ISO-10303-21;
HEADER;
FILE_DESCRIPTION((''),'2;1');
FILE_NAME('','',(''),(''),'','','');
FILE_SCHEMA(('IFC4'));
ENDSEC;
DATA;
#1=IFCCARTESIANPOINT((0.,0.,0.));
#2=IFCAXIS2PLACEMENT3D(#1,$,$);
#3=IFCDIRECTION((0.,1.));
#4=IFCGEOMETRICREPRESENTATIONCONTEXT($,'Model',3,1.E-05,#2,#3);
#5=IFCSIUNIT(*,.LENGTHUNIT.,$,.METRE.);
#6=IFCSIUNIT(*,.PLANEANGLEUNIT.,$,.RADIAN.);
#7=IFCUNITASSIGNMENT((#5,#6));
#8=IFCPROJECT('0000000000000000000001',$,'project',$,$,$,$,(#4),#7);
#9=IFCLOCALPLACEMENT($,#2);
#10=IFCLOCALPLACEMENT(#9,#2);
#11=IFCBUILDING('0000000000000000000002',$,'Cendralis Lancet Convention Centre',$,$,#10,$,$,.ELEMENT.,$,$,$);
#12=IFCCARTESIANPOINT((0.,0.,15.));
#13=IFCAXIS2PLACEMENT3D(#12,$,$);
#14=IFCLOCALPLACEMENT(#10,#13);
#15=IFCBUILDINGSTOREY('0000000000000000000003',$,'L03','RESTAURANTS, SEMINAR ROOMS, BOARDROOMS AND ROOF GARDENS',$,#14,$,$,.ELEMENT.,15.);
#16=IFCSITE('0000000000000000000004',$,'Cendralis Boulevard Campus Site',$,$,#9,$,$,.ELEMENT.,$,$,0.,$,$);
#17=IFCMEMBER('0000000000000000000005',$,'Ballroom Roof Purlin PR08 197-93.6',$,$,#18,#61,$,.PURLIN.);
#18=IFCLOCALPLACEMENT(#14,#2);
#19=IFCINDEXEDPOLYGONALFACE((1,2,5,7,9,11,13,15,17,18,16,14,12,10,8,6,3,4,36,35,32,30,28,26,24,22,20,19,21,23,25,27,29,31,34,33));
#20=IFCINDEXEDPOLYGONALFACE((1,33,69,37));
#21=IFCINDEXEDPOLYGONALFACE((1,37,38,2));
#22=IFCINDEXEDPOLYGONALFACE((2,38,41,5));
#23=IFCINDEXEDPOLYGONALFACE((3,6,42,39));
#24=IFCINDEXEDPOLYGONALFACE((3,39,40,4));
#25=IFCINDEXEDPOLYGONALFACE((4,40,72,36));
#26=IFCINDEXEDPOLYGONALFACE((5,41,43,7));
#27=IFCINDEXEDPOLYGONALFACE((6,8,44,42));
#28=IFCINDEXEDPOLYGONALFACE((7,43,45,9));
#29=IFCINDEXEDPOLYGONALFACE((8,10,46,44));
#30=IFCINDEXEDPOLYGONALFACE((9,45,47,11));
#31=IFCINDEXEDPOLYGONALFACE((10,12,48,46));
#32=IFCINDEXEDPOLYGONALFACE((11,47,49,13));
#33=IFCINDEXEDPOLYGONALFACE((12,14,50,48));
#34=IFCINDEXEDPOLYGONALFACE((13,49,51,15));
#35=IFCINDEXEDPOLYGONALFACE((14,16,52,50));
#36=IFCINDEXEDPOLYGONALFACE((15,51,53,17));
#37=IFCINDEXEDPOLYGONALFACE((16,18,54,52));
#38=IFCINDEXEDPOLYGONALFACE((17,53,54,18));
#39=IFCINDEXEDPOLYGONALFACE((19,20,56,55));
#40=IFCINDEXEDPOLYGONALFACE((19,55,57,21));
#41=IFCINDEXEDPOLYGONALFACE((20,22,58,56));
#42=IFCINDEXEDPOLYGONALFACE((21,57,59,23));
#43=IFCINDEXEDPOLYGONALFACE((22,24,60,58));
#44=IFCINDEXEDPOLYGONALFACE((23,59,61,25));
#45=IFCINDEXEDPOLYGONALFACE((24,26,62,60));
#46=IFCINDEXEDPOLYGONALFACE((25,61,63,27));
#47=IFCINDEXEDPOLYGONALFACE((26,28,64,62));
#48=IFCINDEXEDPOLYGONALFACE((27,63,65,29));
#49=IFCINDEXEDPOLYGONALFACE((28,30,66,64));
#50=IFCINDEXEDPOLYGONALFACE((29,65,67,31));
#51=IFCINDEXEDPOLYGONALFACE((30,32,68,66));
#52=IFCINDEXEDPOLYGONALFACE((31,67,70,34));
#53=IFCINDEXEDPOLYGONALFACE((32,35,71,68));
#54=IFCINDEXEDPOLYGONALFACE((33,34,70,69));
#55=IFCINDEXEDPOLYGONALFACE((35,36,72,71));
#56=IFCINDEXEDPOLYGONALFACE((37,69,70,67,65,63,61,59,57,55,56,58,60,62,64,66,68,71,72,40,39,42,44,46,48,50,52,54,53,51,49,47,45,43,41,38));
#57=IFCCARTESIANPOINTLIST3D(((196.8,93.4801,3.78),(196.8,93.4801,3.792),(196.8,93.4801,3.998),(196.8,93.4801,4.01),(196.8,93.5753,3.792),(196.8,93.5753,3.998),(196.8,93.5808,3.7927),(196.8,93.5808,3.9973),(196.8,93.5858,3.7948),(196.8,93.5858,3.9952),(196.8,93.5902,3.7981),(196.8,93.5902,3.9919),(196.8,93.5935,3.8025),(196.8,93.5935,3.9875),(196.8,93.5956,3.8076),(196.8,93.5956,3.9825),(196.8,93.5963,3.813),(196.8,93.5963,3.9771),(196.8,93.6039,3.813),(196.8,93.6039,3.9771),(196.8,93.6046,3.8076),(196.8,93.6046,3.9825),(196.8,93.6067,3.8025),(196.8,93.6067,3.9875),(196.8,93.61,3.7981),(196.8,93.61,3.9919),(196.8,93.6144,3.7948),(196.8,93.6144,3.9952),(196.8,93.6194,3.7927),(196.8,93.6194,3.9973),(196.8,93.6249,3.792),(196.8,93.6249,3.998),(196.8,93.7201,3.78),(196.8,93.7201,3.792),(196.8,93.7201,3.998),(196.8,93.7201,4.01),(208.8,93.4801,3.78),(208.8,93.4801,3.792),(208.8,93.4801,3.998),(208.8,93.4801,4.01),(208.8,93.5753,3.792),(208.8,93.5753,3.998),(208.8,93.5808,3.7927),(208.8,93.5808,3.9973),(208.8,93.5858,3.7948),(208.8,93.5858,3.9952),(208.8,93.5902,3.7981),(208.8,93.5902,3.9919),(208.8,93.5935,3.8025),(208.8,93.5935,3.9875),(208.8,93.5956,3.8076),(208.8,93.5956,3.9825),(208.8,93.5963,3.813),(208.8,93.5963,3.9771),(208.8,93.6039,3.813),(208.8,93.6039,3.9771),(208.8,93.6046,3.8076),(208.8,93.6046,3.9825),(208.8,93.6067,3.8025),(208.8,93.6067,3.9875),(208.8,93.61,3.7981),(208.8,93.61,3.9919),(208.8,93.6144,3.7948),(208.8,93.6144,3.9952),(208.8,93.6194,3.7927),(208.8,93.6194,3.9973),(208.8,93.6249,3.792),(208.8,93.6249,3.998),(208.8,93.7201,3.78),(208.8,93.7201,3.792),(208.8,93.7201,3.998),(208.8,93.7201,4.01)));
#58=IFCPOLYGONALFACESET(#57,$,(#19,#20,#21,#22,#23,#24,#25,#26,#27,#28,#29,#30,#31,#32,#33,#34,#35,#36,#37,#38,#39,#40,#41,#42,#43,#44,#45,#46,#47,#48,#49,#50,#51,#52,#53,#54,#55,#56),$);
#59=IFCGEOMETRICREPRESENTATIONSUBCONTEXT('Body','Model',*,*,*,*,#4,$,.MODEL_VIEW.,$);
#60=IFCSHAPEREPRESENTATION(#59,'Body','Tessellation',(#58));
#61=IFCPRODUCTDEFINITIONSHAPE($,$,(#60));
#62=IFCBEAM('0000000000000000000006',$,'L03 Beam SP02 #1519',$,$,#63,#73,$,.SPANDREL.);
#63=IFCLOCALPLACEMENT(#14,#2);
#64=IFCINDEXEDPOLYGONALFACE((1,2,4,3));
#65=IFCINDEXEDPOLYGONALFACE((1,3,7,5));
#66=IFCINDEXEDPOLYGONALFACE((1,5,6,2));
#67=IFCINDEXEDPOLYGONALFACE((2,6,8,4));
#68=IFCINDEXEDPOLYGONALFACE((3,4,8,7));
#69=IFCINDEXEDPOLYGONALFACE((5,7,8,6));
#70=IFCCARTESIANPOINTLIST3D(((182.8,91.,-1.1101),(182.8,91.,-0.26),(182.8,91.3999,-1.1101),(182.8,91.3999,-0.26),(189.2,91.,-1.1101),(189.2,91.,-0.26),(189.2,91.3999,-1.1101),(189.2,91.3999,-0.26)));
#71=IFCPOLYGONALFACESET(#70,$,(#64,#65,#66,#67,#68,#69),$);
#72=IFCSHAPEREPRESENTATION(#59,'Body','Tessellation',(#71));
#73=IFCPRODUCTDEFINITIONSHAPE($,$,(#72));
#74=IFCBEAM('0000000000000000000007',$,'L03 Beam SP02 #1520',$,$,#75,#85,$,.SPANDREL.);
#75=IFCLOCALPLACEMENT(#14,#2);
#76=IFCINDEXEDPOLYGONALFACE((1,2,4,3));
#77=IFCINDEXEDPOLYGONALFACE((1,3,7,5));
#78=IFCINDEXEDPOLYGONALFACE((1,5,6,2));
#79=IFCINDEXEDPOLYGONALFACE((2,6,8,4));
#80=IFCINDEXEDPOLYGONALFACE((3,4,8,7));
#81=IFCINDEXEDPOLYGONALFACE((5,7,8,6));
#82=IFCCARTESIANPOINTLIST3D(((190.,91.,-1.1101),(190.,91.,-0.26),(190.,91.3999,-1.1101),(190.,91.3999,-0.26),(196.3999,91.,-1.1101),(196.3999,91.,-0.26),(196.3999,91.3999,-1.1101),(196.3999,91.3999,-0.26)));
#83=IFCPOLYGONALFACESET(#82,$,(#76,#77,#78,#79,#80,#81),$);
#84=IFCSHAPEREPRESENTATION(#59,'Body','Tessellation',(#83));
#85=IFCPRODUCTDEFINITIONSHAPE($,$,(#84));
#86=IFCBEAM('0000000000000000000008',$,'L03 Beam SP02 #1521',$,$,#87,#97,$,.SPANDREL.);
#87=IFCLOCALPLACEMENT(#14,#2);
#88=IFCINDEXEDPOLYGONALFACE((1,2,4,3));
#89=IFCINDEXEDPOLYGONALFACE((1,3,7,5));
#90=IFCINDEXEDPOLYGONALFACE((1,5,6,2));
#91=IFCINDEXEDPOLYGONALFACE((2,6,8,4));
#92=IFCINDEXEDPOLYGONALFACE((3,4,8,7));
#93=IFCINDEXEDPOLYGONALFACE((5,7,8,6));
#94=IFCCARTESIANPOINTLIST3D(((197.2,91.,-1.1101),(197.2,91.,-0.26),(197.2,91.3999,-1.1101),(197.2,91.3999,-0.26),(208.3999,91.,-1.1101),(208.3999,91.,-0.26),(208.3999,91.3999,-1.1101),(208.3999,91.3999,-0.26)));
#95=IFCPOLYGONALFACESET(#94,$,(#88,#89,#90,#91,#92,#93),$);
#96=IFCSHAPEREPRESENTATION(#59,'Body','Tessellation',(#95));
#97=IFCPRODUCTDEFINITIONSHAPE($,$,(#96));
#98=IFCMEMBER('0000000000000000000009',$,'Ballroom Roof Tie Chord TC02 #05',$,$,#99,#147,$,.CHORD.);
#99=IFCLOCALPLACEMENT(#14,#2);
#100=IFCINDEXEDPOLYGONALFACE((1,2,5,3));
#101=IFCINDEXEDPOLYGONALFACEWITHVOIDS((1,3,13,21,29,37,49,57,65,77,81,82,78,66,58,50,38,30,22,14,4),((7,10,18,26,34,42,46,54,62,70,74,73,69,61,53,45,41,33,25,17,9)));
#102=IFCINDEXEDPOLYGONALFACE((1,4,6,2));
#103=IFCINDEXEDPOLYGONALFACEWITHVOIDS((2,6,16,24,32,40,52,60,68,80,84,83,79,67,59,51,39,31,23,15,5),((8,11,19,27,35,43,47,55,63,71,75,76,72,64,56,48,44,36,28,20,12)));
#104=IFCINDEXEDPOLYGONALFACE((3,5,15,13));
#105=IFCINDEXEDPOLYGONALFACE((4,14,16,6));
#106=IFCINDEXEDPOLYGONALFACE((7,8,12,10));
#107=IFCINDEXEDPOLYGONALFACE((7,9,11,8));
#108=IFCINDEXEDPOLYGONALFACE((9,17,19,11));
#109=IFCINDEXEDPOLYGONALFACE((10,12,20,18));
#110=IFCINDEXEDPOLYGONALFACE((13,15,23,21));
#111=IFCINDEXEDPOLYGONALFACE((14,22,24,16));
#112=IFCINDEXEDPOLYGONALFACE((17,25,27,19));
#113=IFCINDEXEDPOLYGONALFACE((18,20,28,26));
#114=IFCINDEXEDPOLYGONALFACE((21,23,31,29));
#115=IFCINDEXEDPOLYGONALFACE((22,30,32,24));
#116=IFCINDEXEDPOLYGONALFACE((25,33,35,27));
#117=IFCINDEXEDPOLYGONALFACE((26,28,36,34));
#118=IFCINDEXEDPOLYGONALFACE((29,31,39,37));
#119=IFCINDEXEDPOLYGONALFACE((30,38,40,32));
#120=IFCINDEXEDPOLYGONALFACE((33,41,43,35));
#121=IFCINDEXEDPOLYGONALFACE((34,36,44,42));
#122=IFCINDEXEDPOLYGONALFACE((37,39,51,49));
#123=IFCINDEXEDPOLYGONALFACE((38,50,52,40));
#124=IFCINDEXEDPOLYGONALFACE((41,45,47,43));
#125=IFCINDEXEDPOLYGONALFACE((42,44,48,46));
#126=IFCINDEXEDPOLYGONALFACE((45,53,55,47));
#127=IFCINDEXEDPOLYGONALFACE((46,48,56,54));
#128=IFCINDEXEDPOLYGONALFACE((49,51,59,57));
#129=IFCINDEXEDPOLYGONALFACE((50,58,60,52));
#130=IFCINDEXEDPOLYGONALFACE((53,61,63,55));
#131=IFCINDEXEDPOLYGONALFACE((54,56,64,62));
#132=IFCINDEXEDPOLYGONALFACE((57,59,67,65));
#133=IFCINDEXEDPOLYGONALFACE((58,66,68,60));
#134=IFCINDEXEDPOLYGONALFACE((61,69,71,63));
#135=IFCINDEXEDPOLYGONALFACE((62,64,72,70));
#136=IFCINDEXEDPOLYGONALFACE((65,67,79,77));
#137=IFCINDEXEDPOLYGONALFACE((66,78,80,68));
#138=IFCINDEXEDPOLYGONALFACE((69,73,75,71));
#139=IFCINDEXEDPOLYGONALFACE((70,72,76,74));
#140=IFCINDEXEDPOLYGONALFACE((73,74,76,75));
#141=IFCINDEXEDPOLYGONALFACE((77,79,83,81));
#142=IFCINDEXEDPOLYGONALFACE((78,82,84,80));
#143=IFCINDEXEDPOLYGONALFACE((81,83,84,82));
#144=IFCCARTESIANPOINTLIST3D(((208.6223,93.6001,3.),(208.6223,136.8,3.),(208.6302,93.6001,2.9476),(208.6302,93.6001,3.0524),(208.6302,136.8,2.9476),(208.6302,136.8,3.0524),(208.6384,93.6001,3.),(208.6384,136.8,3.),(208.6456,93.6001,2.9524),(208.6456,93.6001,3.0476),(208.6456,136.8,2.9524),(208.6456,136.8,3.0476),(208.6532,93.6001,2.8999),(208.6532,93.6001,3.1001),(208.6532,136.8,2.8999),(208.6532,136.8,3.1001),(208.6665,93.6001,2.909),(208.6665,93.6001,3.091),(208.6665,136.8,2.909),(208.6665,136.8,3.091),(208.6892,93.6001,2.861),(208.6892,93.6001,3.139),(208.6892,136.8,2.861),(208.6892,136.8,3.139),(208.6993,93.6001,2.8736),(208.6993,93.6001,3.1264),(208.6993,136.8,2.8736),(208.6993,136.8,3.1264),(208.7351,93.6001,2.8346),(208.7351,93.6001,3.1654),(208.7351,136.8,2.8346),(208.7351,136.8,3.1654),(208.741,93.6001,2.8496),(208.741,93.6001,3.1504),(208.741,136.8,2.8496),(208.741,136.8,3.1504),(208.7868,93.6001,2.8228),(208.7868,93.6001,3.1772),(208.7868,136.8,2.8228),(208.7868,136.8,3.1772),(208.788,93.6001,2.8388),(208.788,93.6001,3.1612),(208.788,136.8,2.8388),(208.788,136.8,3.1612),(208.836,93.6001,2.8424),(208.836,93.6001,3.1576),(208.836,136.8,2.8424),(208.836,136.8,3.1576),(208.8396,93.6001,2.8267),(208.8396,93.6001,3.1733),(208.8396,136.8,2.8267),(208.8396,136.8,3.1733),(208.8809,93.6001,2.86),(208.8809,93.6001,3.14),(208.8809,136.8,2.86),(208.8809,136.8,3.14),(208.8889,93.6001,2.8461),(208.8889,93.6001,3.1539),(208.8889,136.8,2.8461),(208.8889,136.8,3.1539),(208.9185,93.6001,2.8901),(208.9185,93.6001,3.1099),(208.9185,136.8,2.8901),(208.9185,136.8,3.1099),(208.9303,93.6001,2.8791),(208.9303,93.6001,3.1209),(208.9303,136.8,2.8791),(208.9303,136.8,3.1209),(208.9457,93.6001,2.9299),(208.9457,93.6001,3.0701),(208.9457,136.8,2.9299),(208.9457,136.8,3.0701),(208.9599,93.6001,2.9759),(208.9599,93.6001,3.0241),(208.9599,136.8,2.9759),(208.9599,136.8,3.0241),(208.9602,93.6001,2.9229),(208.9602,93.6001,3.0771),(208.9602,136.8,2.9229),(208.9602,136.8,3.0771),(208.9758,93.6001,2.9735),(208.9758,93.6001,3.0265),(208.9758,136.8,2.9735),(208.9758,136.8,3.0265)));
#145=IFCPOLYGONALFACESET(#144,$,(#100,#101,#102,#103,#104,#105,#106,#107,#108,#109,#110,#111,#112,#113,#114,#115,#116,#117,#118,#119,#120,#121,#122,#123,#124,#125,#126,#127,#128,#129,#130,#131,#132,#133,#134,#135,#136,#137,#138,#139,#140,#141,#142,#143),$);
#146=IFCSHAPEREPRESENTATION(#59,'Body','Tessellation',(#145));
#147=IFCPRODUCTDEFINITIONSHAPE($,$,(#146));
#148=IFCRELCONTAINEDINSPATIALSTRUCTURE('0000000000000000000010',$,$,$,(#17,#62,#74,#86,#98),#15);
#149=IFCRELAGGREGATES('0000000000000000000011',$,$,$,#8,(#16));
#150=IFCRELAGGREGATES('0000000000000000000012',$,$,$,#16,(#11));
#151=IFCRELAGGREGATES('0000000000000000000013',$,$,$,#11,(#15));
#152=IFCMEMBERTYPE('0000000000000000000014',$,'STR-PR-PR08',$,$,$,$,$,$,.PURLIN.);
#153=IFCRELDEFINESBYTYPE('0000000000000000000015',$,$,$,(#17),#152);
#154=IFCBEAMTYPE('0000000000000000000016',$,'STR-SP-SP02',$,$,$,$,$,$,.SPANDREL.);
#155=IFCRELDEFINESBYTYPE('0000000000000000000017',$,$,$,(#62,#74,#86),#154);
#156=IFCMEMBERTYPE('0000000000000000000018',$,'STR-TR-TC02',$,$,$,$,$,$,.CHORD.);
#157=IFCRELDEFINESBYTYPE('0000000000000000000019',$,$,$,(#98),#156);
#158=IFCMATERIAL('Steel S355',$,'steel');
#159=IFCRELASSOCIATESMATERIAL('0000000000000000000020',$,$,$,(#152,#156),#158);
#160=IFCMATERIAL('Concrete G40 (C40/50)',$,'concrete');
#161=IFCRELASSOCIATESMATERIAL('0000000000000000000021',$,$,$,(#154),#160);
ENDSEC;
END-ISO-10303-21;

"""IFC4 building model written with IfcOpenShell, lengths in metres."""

from ifc_helpers import new_model, si_unit, direction, frame, origin, origin_2d, place, context, subcontext, project, spatial, rectangle, hollow_circle, i_section, extrude, material, material_profile, profile_set, type_object, element, save


model = new_model("IFC4")

# Units and contexts
model_context = context("Model", 3, precision=1e-05, world=origin(), true_north=direction((0.0, 1.0)))
body_context = subcontext(model_context, "Body", "Model", "MODEL_VIEW")
ifc_project = project(units=[si_unit("LENGTHUNIT", "METRE"), si_unit("PLANEANGLEUNIT", "RADIAN")], contexts=[model_context])

# Site, building, storey
site_placement = place(None, origin())
site = spatial("IfcSite", under=ifc_project, at=site_placement, Name="Cendralis Boulevard Campus Site", CompositionType="ELEMENT", RefElevation=0.0)
building_placement = place(site_placement, origin())
building = spatial("IfcBuilding", under=site, at=building_placement, Name="Cendralis Lancet Convention Centre", CompositionType="ELEMENT")
storey_placement = place(building_placement, frame((0.0, 0.0, 15.0)))
storey = spatial("IfcBuildingStorey", under=building, at=storey_placement, Name="L03", Description="RESTAURANTS, SEMINAR ROOMS, BOARDROOMS AND ROOF GARDENS", CompositionType="ELEMENT", Elevation=15.0)

# Shared definitions
ifc_material_1 = material(Name="Concrete G40 (C40/50)", Category="concrete")
ifc_material_2 = material(Name="Steel S355", Category="steel")

# Member
ifc_material_profile_1 = material_profile(ifc_material_2, i_section(OverallWidth=0.24, OverallDepth=0.23, WebThickness=0.0076, FlangeThickness=0.012, FilletRadius=0.021, at=origin_2d()), Name="HEA 240")
ifc_profile_set_1 = profile_set([ifc_material_profile_1], Name="Steel S355")
member_type_1 = type_object("IfcMemberType", Name="STR-PR-PR08", PredefinedType="PURLIN", material=ifc_profile_set_1)
member_1_placement = place(storey_placement, frame((196.8, 93.6001, 3.895), z_axis=(1.0, 0.0, 0.0), x_axis=(0.0, 1.0, 0.0)))
element("IfcMember", 1, at=member_1_placement, inside=storey, type_object=member_type_1, Name="Ballroom Roof Purlin PR08 197-93.6", PredefinedType="PURLIN", context=body_context, shape_type="SweptSolid", body=[
    extrude(i_section(OverallWidth=0.24, OverallDepth=0.23, WebThickness=0.0076, FlangeThickness=0.012, FilletRadius=0.021, at=origin_2d()), origin(), (0.0, 0.0, 1.0), 12.0),
])

# Beams
ifc_material_profile_2 = material_profile(ifc_material_1, rectangle(XDim=0.3999, YDim=0.8501, at=origin_2d()), Name="RCB 400x850")
ifc_profile_set_2 = profile_set([ifc_material_profile_2], Name="Concrete G40 (C40/50)")
beam_type_1 = type_object("IfcBeamType", Name="STR-SP-SP02", PredefinedType="SPANDREL", material=ifc_profile_set_2)
for number, where, z_axis, x_axis, name in (
    (2, (182.8, 91.2, -0.6851), (1.0, 0.0, 0.0), (0.0, 1.0, 0.0), "L03 Beam SP02 #1519"),
    (3, (190.0, 91.2, -0.6851), (1.0, 0.0, 0.0), (0.0, 1.0, 0.0), "L03 Beam SP02 #1520"),
):
    element("IfcBeam", number, at=place(storey_placement, frame(where, z_axis=z_axis, x_axis=x_axis)), inside=storey, type_object=beam_type_1, Name=name, PredefinedType="SPANDREL", context=body_context, shape_type="SweptSolid", body=[
        extrude(rectangle(XDim=0.3999, YDim=0.8501, at=origin_2d()), origin(), (0.0, 0.0, 1.0), 6.3999),
    ])
beam_1_placement = place(storey_placement, frame((197.2, 91.2, -0.6851), z_axis=(1.0, 0.0, 0.0), x_axis=(0.0, 1.0, 0.0)))
element("IfcBeam", 4, at=beam_1_placement, inside=storey, type_object=beam_type_1, Name="L03 Beam SP02 #1521", PredefinedType="SPANDREL", context=body_context, shape_type="SweptSolid", body=[
    extrude(rectangle(XDim=0.3999, YDim=0.8501, at=origin_2d()), origin(), (0.0, 0.0, 1.0), 11.2),
])

# Member
ifc_material_profile_3 = material_profile(ifc_material_2, hollow_circle(Radius=0.1777, WallThickness=0.0161, at=origin_2d()), Name="CHS 355.6x16.0")
ifc_profile_set_3 = profile_set([ifc_material_profile_3], Name="Steel S355")
member_type_2 = type_object("IfcMemberType", Name="STR-TR-TC02", PredefinedType="CHORD", material=ifc_profile_set_3)
member_2_placement = place(storey_placement, frame((208.8, 93.6001, 3.0), z_axis=(0.0, 1.0, 0.0), x_axis=(-1.0, 0.0, 0.0)))
element("IfcMember", 5, at=member_2_placement, inside=storey, type_object=member_type_2, Name="Ballroom Roof Tie Chord TC02 #05", PredefinedType="CHORD", context=body_context, shape_type="SweptSolid", body=[
    extrude(hollow_circle(Radius=0.1777, WallThickness=0.0161, at=origin_2d()), origin(), (0.0, 0.0, 1.0), 43.2),
])

save(model, "model.ifc")
